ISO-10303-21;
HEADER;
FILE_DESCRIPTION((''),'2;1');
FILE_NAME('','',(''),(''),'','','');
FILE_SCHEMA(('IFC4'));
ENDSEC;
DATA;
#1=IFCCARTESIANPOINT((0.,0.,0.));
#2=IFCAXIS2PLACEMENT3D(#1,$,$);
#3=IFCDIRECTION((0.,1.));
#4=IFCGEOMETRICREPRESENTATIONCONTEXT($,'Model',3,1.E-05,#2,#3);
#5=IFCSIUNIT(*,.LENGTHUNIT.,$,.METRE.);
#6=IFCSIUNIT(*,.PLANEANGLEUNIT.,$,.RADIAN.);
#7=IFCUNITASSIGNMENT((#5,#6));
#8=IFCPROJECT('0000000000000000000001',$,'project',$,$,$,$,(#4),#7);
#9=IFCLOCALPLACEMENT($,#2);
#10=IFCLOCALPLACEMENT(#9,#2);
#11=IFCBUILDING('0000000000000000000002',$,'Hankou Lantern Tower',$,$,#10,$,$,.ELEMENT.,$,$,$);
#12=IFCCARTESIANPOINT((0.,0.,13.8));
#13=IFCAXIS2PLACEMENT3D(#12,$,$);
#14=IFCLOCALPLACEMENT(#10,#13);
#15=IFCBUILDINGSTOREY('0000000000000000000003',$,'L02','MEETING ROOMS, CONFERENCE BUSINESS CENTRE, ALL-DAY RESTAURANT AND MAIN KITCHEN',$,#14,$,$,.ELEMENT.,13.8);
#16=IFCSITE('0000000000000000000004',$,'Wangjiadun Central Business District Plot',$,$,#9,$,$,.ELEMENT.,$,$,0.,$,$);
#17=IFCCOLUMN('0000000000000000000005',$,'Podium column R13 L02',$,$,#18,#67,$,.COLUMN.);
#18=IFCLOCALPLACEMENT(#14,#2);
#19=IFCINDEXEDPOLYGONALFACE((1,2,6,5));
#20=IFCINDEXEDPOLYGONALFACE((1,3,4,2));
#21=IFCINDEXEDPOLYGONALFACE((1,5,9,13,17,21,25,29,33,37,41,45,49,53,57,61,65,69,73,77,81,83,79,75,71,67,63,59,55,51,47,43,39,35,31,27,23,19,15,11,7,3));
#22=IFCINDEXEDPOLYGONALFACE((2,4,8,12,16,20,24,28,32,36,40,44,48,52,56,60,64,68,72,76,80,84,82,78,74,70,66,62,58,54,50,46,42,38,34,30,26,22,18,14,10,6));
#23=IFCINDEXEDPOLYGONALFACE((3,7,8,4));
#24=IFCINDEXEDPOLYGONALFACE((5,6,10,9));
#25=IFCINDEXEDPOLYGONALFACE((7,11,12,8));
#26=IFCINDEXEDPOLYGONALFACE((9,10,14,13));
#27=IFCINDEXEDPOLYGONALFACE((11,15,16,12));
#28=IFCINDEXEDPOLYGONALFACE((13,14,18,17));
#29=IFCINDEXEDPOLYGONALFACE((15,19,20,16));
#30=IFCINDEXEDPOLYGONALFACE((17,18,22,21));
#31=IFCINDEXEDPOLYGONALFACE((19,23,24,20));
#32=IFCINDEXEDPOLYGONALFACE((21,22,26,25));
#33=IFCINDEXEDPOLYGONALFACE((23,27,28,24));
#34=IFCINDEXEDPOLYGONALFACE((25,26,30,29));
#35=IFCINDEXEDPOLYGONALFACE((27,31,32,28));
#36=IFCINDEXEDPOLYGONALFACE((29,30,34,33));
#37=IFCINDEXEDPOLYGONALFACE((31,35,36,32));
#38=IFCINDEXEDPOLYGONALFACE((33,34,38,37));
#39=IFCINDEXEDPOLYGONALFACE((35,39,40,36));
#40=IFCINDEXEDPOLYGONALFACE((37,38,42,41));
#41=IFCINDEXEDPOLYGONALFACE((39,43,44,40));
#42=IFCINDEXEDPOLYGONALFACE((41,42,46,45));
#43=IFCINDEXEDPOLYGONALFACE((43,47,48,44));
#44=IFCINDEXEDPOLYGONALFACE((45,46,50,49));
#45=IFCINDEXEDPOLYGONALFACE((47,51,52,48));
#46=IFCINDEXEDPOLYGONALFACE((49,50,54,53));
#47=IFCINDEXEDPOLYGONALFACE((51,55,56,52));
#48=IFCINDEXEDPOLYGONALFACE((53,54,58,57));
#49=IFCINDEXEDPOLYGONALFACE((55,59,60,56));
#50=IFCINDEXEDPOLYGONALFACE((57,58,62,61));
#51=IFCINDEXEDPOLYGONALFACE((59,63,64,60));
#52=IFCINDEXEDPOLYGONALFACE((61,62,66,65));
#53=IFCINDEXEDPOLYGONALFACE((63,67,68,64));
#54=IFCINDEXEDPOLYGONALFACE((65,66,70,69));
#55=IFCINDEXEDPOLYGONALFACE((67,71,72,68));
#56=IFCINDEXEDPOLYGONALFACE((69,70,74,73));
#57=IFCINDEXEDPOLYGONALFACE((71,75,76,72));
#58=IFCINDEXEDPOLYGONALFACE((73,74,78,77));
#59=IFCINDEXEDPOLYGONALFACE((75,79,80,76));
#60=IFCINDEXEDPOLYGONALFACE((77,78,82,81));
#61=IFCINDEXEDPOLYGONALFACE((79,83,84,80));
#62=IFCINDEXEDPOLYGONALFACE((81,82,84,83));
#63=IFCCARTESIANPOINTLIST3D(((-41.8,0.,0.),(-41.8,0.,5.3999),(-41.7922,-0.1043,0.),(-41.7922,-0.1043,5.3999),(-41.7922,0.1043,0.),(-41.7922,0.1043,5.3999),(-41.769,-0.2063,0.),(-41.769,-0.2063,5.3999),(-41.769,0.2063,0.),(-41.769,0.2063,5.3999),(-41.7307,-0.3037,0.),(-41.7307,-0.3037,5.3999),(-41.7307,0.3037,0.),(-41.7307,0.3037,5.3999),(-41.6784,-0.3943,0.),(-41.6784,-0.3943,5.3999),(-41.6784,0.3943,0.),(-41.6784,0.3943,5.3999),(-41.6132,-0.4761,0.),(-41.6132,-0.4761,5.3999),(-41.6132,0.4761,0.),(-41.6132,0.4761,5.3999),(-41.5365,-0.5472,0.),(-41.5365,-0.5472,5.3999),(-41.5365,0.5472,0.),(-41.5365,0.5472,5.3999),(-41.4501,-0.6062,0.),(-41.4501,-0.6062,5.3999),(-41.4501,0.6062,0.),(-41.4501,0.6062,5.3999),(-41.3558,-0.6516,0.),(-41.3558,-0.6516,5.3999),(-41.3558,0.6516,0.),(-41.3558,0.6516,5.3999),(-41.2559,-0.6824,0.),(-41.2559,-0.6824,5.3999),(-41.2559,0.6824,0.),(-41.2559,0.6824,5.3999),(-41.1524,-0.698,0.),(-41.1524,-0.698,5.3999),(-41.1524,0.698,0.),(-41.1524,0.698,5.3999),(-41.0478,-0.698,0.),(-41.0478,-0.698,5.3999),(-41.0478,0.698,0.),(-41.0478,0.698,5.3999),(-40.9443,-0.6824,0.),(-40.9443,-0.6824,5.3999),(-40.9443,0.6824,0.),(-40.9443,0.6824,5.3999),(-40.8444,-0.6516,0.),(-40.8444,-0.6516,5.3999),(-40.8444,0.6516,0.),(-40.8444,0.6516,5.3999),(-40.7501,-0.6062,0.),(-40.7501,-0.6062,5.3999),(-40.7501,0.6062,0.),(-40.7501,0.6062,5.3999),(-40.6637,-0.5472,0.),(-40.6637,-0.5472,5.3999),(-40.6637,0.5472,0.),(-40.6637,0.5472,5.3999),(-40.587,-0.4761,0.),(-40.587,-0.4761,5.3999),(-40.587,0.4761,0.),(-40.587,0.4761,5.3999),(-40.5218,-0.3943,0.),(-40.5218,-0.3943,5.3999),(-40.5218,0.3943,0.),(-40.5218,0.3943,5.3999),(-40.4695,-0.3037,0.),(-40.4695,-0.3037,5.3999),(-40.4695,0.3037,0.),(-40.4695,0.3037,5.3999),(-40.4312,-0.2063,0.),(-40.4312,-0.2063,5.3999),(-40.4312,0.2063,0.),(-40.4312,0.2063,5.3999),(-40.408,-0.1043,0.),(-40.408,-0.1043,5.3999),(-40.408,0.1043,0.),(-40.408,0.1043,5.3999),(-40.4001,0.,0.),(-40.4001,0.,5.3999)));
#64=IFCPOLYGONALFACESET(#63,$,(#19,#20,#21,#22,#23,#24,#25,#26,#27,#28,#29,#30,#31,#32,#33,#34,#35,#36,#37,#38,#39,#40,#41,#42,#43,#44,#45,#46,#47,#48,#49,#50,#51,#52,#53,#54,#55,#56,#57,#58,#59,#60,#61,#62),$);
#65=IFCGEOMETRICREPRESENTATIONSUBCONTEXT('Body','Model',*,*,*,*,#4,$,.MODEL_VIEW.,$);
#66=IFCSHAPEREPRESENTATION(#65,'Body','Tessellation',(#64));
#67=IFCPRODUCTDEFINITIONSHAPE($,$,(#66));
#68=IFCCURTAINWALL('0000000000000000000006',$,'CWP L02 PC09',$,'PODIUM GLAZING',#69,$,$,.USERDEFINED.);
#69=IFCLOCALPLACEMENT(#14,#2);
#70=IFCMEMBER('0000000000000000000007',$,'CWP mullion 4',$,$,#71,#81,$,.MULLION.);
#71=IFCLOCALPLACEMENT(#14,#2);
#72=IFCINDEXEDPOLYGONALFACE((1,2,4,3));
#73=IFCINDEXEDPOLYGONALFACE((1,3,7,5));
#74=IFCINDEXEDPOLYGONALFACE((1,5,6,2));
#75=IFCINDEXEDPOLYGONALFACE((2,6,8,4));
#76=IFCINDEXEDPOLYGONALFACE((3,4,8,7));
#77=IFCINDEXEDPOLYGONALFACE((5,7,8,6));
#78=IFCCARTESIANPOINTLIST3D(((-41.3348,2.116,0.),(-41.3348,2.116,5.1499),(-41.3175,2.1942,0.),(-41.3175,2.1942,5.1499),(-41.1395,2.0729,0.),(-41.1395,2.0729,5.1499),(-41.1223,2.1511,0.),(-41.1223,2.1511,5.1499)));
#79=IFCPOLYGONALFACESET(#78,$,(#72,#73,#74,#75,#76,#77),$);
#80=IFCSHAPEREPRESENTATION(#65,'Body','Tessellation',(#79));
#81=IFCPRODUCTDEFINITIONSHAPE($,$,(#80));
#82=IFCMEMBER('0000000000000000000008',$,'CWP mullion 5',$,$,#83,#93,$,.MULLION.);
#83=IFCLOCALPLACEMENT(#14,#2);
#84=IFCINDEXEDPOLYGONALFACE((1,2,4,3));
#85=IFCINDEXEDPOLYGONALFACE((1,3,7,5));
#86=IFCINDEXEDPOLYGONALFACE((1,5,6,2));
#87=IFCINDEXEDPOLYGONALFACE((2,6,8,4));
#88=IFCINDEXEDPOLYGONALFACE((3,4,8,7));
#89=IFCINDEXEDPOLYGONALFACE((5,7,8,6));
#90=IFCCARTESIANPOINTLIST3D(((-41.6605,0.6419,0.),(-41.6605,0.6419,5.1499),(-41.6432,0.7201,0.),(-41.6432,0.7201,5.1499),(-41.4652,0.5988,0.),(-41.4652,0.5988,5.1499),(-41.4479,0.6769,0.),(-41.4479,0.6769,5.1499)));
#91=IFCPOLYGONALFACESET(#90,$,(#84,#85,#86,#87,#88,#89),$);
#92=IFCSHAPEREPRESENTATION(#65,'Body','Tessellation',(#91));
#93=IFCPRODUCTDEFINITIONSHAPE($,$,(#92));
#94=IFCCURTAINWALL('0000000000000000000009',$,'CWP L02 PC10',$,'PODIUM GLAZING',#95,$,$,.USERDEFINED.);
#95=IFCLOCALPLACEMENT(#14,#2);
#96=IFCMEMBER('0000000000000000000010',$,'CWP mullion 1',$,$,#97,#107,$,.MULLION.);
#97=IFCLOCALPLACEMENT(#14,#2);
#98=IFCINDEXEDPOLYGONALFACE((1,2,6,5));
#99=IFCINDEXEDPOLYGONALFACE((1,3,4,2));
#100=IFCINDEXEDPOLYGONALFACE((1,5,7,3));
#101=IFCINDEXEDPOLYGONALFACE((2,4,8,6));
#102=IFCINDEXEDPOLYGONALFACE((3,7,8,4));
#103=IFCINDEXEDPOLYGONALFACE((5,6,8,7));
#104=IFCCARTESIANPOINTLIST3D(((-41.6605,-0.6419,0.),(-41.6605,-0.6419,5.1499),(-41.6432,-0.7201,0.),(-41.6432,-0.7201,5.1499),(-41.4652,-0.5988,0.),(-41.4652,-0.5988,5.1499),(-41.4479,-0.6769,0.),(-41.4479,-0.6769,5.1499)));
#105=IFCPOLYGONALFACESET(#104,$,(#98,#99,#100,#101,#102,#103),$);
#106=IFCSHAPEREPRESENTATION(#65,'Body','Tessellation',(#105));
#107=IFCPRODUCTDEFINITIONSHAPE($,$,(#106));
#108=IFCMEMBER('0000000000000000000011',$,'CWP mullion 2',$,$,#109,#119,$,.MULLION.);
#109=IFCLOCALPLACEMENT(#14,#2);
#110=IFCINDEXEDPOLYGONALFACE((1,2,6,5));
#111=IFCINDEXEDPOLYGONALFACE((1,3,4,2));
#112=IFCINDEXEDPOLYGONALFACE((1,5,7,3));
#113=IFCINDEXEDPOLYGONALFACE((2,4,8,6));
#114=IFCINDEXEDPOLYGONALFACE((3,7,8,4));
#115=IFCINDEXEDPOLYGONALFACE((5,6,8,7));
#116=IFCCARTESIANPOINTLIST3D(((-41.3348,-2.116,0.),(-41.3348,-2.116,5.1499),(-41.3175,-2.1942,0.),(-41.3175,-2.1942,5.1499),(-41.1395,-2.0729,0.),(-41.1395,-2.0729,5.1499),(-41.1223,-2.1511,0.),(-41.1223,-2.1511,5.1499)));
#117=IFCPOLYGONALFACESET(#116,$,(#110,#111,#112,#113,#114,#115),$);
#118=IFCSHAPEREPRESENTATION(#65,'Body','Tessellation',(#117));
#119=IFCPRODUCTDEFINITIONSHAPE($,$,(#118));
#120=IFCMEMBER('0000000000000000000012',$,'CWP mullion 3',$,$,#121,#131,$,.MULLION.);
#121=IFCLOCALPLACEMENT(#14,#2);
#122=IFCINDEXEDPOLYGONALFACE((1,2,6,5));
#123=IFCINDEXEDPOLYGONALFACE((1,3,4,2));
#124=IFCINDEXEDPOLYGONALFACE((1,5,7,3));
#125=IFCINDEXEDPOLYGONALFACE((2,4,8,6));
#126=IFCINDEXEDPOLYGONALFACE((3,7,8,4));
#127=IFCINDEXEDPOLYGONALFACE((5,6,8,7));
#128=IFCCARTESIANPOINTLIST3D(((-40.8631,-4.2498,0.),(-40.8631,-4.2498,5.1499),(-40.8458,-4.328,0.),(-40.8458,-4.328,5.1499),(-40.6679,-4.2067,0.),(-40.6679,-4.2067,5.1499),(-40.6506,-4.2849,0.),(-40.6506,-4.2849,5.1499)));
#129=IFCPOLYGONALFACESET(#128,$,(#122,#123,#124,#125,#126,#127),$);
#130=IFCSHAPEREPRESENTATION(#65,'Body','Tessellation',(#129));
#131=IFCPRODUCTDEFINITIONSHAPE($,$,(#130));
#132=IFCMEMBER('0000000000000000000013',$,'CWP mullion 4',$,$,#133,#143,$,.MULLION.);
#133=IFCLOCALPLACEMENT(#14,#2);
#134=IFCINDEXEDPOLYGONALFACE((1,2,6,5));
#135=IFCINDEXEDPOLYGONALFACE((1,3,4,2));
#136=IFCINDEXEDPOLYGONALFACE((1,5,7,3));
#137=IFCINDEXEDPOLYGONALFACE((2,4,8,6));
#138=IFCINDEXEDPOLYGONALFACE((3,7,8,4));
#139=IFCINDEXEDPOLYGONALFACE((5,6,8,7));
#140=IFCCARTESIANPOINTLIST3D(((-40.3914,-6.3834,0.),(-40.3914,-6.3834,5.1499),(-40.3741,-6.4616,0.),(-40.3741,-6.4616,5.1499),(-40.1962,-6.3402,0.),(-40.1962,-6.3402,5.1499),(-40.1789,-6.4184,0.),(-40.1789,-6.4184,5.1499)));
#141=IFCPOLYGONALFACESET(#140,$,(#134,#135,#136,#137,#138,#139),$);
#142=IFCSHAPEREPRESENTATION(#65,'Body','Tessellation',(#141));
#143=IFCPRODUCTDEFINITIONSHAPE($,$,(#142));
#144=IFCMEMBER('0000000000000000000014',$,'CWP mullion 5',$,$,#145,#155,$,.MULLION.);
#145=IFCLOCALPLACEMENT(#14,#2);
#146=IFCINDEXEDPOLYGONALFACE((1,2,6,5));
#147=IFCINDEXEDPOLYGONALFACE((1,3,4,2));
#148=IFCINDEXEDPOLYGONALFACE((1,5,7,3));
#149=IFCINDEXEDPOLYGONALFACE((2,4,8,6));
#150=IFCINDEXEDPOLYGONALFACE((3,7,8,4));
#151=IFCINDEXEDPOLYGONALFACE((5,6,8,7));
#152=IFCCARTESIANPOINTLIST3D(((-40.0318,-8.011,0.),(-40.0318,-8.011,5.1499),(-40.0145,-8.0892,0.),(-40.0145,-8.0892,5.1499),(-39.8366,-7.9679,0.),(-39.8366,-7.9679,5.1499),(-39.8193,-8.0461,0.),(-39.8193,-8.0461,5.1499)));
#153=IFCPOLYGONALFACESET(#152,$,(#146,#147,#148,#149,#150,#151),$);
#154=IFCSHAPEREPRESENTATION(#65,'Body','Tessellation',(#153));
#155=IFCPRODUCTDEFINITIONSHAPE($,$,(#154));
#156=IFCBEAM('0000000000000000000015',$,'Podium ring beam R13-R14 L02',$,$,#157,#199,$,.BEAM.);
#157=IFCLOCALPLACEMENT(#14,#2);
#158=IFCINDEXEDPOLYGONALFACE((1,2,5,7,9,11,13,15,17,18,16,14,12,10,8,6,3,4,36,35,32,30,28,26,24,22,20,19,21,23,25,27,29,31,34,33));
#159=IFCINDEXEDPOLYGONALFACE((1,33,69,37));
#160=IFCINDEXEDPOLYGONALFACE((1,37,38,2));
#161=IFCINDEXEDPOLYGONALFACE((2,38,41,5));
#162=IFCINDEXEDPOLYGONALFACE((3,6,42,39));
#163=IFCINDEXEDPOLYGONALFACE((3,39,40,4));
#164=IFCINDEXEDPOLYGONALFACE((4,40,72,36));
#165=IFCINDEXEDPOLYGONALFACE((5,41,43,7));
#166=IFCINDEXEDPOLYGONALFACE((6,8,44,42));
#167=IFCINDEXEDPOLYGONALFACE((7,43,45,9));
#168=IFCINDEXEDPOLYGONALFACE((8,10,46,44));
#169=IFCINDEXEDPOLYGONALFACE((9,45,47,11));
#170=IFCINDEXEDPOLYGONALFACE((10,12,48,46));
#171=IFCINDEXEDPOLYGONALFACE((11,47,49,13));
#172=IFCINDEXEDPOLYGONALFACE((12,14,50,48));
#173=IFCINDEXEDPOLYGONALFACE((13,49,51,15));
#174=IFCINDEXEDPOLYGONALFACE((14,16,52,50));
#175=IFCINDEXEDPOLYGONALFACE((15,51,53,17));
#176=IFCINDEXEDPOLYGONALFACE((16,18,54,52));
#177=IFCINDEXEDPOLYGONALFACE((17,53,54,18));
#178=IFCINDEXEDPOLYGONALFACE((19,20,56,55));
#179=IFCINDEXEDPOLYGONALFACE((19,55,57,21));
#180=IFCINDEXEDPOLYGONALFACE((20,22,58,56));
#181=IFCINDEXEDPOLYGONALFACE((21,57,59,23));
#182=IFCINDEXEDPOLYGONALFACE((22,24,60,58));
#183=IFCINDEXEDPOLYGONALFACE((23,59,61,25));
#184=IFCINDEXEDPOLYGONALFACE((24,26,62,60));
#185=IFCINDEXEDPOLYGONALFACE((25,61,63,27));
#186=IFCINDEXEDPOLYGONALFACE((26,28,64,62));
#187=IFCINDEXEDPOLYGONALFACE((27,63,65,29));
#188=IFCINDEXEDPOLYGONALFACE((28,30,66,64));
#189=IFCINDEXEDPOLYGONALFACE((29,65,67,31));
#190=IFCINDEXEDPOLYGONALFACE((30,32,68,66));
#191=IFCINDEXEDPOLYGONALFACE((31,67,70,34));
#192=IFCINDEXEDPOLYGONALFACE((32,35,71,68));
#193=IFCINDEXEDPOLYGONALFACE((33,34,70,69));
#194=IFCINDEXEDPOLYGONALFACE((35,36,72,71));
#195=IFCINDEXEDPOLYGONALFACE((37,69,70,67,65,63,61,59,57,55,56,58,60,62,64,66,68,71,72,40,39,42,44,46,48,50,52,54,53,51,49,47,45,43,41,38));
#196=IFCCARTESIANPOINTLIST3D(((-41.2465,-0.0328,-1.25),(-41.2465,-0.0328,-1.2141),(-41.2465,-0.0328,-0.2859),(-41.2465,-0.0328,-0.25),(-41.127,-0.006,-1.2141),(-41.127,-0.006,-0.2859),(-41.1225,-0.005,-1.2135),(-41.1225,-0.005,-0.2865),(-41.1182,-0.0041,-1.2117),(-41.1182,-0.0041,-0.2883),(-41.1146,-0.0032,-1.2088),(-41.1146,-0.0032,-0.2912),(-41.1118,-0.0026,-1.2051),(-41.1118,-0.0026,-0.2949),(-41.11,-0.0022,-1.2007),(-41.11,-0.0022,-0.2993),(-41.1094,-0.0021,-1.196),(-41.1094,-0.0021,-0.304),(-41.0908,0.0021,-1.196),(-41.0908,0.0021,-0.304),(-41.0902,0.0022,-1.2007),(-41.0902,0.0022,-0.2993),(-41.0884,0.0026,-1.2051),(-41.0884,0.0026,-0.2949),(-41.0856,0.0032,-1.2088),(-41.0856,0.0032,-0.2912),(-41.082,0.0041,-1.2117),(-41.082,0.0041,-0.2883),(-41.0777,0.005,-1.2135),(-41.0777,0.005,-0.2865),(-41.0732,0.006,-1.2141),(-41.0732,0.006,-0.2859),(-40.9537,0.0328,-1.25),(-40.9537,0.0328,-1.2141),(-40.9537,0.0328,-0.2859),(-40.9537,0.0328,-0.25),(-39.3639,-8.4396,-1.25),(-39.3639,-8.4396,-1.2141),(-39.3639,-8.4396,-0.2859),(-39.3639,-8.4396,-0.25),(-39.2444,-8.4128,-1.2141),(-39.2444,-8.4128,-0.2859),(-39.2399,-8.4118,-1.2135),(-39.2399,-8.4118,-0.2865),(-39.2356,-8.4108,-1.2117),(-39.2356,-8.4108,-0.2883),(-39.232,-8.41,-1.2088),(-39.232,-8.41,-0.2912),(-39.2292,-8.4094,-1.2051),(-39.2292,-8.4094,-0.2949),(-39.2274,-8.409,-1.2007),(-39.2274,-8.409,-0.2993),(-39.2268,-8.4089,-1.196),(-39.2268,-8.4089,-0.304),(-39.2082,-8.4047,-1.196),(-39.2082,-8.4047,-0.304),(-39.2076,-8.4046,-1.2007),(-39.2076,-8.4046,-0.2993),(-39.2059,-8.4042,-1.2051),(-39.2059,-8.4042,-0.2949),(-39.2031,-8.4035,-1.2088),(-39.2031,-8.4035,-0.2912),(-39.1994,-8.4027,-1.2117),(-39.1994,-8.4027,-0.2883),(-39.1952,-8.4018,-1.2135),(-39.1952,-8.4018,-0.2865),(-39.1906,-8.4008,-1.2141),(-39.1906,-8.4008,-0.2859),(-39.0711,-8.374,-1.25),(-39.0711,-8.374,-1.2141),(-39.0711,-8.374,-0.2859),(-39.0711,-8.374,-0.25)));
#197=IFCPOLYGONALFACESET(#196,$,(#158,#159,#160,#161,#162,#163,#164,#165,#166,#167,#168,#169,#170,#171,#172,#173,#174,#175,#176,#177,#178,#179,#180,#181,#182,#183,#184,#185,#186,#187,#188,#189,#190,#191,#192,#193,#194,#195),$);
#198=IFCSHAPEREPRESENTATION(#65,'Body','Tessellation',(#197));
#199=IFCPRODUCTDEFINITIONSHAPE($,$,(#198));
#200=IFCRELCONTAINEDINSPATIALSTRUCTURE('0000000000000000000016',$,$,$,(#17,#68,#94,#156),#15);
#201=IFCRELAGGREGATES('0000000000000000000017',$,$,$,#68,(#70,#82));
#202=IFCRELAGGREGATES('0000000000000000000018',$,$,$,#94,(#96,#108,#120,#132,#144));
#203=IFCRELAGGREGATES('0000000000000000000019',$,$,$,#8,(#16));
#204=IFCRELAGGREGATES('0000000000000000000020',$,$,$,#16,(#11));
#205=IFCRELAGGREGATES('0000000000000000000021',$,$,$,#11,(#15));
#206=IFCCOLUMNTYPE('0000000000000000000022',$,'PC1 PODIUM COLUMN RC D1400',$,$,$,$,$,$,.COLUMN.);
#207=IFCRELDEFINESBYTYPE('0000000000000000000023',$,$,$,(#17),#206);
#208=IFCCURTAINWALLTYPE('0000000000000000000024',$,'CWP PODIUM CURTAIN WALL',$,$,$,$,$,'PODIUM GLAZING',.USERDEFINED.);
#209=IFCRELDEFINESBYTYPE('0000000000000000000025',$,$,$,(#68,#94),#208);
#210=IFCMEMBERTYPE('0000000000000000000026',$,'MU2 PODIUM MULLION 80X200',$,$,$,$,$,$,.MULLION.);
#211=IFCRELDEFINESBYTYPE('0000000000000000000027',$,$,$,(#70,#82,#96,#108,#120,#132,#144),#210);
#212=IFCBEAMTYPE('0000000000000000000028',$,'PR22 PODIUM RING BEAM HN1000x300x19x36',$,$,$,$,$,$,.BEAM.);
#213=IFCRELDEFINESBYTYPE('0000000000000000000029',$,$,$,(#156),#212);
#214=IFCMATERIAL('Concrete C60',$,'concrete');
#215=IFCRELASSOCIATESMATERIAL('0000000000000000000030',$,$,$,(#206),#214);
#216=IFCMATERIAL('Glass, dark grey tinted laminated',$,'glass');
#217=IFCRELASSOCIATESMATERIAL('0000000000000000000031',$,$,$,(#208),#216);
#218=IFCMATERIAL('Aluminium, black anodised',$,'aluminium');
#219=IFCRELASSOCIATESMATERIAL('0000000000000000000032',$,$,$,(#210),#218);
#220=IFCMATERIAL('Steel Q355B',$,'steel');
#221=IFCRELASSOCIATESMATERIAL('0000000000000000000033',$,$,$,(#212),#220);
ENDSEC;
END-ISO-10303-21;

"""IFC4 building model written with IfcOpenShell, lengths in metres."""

from ifc_helpers import new_model, si_unit, direction, frame, origin, origin_2d, place, context, subcontext, project, spatial, rectangle, circle, i_section, extrude, material, material_profile, profile_set, type_object, element, aggregate, save


model = new_model("IFC4")

# Units and contexts
model_context = context("Model", 3, precision=1e-05, world=origin(), true_north=direction((0.0, 1.0)))
body_context = subcontext(model_context, "Body", "Model", "MODEL_VIEW")
ifc_project = project(units=[si_unit("LENGTHUNIT", "METRE"), si_unit("PLANEANGLEUNIT", "RADIAN")], contexts=[model_context])

# Site, building, storey
site_placement = place(None, origin())
site = spatial("IfcSite", under=ifc_project, at=site_placement, Name="Wangjiadun Central Business District Plot", CompositionType="ELEMENT", RefElevation=0.0)
building_placement = place(site_placement, origin())
building = spatial("IfcBuilding", under=site, at=building_placement, Name="Hankou Lantern Tower", CompositionType="ELEMENT")
storey_placement = place(building_placement, frame((0.0, 0.0, 13.8)))
storey = spatial("IfcBuildingStorey", under=building, at=storey_placement, Name="L02", Description="MEETING ROOMS, CONFERENCE BUSINESS CENTRE, ALL-DAY RESTAURANT AND MAIN KITCHEN", CompositionType="ELEMENT", Elevation=13.8)

# Column
ifc_material_1 = material(Name="Concrete C60", Category="concrete")
ifc_material_profile_1 = material_profile(ifc_material_1, circle(Radius=0.7, at=origin_2d()), Name="RC D1400")
ifc_profile_set_1 = profile_set([ifc_material_profile_1], Name="Concrete C60")
column_type = type_object("IfcColumnType", Name="PC1 PODIUM COLUMN RC D1400", PredefinedType="COLUMN", material=ifc_profile_set_1)
column_placement = place(storey_placement, frame((-41.1001, 0.0, 0.0), z_axis=(0.0, 0.0, 1.0), x_axis=(1.0, 0.0, 0.0)))
element("IfcColumn", 1, at=column_placement, inside=storey, type_object=column_type, Name="Podium column R13 L02", PredefinedType="COLUMN", context=body_context, shape_type="SweptSolid", body=[
    extrude(circle(Radius=0.7, at=origin_2d()), origin(), (0.0, 0.0, 1.0), 5.3999),
])

# Curtain walls, members
ifc_material_2 = material(Name="Glass, dark grey tinted laminated", Category="glass")
curtain_wall_type = type_object("IfcCurtainWallType", Name="CWP PODIUM CURTAIN WALL", ElementType="PODIUM GLAZING", PredefinedType="USERDEFINED", material=ifc_material_2)
curtain_wall_1_placement = place(storey_placement, origin())
curtain_wall_1 = element("IfcCurtainWall", 2, at=curtain_wall_1_placement, inside=storey, type_object=curtain_wall_type, Name="CWP L02 PC09", ObjectType="PODIUM GLAZING", PredefinedType="USERDEFINED")
ifc_material_3 = material(Name="Aluminium, black anodised", Category="aluminium")
ifc_material_profile_2 = material_profile(ifc_material_3, rectangle(XDim=0.0801, YDim=0.2, at=origin_2d()), Name="MU2 80X200")
ifc_profile_set_2 = profile_set([ifc_material_profile_2], Name="Aluminium, black anodised")
member_type_1 = type_object("IfcMemberType", Name="MU2 PODIUM MULLION 80X200", PredefinedType="MULLION", material=ifc_profile_set_2)
member_1_placement = place(storey_placement, frame((-41.2285, 2.1335, 0.0), z_axis=(0.0, 0.0, 1.0), x_axis=(-0.215821, -0.976433, 0.0)))
member_1 = element("IfcMember", 3, at=member_1_placement, type_object=member_type_1, Name="CWP mullion 4", PredefinedType="MULLION", context=body_context, shape_type="SweptSolid", body=[
    extrude(rectangle(XDim=0.0801, YDim=0.2, at=origin_2d()), origin(), (0.0, 0.0, 1.0), 5.1499),
])
member_2_placement = place(storey_placement, frame((-41.5542, 0.6594, 0.0), z_axis=(0.0, 0.0, 1.0), x_axis=(-0.215821, -0.976433, 0.0)))
member_2 = element("IfcMember", 4, at=member_2_placement, type_object=member_type_1, Name="CWP mullion 5", PredefinedType="MULLION", context=body_context, shape_type="SweptSolid", body=[
    extrude(rectangle(XDim=0.0801, YDim=0.2, at=origin_2d()), origin(), (0.0, 0.0, 1.0), 5.1499),
])
curtain_wall_2_placement = place(storey_placement, origin())
curtain_wall_2 = element("IfcCurtainWall", 5, at=curtain_wall_2_placement, inside=storey, type_object=curtain_wall_type, Name="CWP L02 PC10", ObjectType="PODIUM GLAZING", PredefinedType="USERDEFINED")
member_3_placement = place(storey_placement, frame((-41.5542, -0.6594, 0.0), z_axis=(0.0, 0.0, 1.0), x_axis=(0.215821, -0.976433, 0.0)))
member_3 = element("IfcMember", 6, at=member_3_placement, type_object=member_type_1, Name="CWP mullion 1", PredefinedType="MULLION", context=body_context, shape_type="SweptSolid", body=[
    extrude(rectangle(XDim=0.0801, YDim=0.2, at=origin_2d()), origin(), (0.0, 0.0, 1.0), 5.1499),
])
member_4_placement = place(storey_placement, frame((-41.2285, -2.1335, 0.0), z_axis=(0.0, 0.0, 1.0), x_axis=(0.215821, -0.976433, 0.0)))
member_4 = element("IfcMember", 7, at=member_4_placement, type_object=member_type_1, Name="CWP mullion 2", PredefinedType="MULLION", context=body_context, shape_type="SweptSolid", body=[
    extrude(rectangle(XDim=0.0801, YDim=0.2, at=origin_2d()), origin(), (0.0, 0.0, 1.0), 5.1499),
])
member_5_placement = place(storey_placement, frame((-40.7568, -4.2673, 0.0), z_axis=(0.0, 0.0, 1.0), x_axis=(0.215821, -0.976433, 0.0)))
member_5 = element("IfcMember", 8, at=member_5_placement, type_object=member_type_1, Name="CWP mullion 3", PredefinedType="MULLION", context=body_context, shape_type="SweptSolid", body=[
    extrude(rectangle(XDim=0.0801, YDim=0.2, at=origin_2d()), origin(), (0.0, 0.0, 1.0), 5.1499),
])
member_6_placement = place(storey_placement, frame((-40.2852, -6.4009, 0.0), z_axis=(0.0, 0.0, 1.0), x_axis=(0.215821, -0.976433, 0.0)))
member_6 = element("IfcMember", 9, at=member_6_placement, type_object=member_type_1, Name="CWP mullion 4", PredefinedType="MULLION", context=body_context, shape_type="SweptSolid", body=[
    extrude(rectangle(XDim=0.0801, YDim=0.2, at=origin_2d()), origin(), (0.0, 0.0, 1.0), 5.1499),
])
member_7_placement = place(storey_placement, frame((-39.9255, -8.0286, 0.0), z_axis=(0.0, 0.0, 1.0), x_axis=(0.215821, -0.976433, 0.0)))
member_7 = element("IfcMember", 10, at=member_7_placement, type_object=member_type_1, Name="CWP mullion 5", PredefinedType="MULLION", context=body_context, shape_type="SweptSolid", body=[
    extrude(rectangle(XDim=0.0801, YDim=0.2, at=origin_2d()), origin(), (0.0, 0.0, 1.0), 5.1499),
])

# Beam
ifc_material_4 = material(Name="Steel Q355B", Category="steel")
ifc_material_profile_3 = material_profile(ifc_material_4, i_section(OverallWidth=0.3, OverallDepth=1.0, WebThickness=0.019, FlangeThickness=0.0359, FilletRadius=0.0181, at=origin_2d()), Name="HN1000x300x19x36")
ifc_profile_set_3 = profile_set([ifc_material_profile_3], Name="Steel Q355B")
beam_type_1 = type_object("IfcBeamType", Name="PR22 PODIUM RING BEAM HN1000x300x19x36", PredefinedType="BEAM", material=ifc_profile_set_3)
beam_1_placement = place(storey_placement, frame((-41.1001, 0.0, -0.75), z_axis=(0.218523, -0.975832, 0.0), x_axis=(0.975832, 0.218523, 0.0)))
element("IfcBeam", 11, at=beam_1_placement, inside=storey, type_object=beam_type_1, Name="Podium ring beam R13-R14 L02", PredefinedType="BEAM", context=body_context, shape_type="SweptSolid", body=[
    extrude(i_section(OverallWidth=0.3, OverallDepth=1.0, WebThickness=0.019, FlangeThickness=0.0359, FilletRadius=0.0181, at=origin_2d()), origin(), (0.0, 0.0, 1.0), 8.615),
])

aggregate(curtain_wall_1, [member_1, member_2])
aggregate(curtain_wall_2, [member_3, member_4, member_5, member_6, member_7])

save(model, "model.ifc")
